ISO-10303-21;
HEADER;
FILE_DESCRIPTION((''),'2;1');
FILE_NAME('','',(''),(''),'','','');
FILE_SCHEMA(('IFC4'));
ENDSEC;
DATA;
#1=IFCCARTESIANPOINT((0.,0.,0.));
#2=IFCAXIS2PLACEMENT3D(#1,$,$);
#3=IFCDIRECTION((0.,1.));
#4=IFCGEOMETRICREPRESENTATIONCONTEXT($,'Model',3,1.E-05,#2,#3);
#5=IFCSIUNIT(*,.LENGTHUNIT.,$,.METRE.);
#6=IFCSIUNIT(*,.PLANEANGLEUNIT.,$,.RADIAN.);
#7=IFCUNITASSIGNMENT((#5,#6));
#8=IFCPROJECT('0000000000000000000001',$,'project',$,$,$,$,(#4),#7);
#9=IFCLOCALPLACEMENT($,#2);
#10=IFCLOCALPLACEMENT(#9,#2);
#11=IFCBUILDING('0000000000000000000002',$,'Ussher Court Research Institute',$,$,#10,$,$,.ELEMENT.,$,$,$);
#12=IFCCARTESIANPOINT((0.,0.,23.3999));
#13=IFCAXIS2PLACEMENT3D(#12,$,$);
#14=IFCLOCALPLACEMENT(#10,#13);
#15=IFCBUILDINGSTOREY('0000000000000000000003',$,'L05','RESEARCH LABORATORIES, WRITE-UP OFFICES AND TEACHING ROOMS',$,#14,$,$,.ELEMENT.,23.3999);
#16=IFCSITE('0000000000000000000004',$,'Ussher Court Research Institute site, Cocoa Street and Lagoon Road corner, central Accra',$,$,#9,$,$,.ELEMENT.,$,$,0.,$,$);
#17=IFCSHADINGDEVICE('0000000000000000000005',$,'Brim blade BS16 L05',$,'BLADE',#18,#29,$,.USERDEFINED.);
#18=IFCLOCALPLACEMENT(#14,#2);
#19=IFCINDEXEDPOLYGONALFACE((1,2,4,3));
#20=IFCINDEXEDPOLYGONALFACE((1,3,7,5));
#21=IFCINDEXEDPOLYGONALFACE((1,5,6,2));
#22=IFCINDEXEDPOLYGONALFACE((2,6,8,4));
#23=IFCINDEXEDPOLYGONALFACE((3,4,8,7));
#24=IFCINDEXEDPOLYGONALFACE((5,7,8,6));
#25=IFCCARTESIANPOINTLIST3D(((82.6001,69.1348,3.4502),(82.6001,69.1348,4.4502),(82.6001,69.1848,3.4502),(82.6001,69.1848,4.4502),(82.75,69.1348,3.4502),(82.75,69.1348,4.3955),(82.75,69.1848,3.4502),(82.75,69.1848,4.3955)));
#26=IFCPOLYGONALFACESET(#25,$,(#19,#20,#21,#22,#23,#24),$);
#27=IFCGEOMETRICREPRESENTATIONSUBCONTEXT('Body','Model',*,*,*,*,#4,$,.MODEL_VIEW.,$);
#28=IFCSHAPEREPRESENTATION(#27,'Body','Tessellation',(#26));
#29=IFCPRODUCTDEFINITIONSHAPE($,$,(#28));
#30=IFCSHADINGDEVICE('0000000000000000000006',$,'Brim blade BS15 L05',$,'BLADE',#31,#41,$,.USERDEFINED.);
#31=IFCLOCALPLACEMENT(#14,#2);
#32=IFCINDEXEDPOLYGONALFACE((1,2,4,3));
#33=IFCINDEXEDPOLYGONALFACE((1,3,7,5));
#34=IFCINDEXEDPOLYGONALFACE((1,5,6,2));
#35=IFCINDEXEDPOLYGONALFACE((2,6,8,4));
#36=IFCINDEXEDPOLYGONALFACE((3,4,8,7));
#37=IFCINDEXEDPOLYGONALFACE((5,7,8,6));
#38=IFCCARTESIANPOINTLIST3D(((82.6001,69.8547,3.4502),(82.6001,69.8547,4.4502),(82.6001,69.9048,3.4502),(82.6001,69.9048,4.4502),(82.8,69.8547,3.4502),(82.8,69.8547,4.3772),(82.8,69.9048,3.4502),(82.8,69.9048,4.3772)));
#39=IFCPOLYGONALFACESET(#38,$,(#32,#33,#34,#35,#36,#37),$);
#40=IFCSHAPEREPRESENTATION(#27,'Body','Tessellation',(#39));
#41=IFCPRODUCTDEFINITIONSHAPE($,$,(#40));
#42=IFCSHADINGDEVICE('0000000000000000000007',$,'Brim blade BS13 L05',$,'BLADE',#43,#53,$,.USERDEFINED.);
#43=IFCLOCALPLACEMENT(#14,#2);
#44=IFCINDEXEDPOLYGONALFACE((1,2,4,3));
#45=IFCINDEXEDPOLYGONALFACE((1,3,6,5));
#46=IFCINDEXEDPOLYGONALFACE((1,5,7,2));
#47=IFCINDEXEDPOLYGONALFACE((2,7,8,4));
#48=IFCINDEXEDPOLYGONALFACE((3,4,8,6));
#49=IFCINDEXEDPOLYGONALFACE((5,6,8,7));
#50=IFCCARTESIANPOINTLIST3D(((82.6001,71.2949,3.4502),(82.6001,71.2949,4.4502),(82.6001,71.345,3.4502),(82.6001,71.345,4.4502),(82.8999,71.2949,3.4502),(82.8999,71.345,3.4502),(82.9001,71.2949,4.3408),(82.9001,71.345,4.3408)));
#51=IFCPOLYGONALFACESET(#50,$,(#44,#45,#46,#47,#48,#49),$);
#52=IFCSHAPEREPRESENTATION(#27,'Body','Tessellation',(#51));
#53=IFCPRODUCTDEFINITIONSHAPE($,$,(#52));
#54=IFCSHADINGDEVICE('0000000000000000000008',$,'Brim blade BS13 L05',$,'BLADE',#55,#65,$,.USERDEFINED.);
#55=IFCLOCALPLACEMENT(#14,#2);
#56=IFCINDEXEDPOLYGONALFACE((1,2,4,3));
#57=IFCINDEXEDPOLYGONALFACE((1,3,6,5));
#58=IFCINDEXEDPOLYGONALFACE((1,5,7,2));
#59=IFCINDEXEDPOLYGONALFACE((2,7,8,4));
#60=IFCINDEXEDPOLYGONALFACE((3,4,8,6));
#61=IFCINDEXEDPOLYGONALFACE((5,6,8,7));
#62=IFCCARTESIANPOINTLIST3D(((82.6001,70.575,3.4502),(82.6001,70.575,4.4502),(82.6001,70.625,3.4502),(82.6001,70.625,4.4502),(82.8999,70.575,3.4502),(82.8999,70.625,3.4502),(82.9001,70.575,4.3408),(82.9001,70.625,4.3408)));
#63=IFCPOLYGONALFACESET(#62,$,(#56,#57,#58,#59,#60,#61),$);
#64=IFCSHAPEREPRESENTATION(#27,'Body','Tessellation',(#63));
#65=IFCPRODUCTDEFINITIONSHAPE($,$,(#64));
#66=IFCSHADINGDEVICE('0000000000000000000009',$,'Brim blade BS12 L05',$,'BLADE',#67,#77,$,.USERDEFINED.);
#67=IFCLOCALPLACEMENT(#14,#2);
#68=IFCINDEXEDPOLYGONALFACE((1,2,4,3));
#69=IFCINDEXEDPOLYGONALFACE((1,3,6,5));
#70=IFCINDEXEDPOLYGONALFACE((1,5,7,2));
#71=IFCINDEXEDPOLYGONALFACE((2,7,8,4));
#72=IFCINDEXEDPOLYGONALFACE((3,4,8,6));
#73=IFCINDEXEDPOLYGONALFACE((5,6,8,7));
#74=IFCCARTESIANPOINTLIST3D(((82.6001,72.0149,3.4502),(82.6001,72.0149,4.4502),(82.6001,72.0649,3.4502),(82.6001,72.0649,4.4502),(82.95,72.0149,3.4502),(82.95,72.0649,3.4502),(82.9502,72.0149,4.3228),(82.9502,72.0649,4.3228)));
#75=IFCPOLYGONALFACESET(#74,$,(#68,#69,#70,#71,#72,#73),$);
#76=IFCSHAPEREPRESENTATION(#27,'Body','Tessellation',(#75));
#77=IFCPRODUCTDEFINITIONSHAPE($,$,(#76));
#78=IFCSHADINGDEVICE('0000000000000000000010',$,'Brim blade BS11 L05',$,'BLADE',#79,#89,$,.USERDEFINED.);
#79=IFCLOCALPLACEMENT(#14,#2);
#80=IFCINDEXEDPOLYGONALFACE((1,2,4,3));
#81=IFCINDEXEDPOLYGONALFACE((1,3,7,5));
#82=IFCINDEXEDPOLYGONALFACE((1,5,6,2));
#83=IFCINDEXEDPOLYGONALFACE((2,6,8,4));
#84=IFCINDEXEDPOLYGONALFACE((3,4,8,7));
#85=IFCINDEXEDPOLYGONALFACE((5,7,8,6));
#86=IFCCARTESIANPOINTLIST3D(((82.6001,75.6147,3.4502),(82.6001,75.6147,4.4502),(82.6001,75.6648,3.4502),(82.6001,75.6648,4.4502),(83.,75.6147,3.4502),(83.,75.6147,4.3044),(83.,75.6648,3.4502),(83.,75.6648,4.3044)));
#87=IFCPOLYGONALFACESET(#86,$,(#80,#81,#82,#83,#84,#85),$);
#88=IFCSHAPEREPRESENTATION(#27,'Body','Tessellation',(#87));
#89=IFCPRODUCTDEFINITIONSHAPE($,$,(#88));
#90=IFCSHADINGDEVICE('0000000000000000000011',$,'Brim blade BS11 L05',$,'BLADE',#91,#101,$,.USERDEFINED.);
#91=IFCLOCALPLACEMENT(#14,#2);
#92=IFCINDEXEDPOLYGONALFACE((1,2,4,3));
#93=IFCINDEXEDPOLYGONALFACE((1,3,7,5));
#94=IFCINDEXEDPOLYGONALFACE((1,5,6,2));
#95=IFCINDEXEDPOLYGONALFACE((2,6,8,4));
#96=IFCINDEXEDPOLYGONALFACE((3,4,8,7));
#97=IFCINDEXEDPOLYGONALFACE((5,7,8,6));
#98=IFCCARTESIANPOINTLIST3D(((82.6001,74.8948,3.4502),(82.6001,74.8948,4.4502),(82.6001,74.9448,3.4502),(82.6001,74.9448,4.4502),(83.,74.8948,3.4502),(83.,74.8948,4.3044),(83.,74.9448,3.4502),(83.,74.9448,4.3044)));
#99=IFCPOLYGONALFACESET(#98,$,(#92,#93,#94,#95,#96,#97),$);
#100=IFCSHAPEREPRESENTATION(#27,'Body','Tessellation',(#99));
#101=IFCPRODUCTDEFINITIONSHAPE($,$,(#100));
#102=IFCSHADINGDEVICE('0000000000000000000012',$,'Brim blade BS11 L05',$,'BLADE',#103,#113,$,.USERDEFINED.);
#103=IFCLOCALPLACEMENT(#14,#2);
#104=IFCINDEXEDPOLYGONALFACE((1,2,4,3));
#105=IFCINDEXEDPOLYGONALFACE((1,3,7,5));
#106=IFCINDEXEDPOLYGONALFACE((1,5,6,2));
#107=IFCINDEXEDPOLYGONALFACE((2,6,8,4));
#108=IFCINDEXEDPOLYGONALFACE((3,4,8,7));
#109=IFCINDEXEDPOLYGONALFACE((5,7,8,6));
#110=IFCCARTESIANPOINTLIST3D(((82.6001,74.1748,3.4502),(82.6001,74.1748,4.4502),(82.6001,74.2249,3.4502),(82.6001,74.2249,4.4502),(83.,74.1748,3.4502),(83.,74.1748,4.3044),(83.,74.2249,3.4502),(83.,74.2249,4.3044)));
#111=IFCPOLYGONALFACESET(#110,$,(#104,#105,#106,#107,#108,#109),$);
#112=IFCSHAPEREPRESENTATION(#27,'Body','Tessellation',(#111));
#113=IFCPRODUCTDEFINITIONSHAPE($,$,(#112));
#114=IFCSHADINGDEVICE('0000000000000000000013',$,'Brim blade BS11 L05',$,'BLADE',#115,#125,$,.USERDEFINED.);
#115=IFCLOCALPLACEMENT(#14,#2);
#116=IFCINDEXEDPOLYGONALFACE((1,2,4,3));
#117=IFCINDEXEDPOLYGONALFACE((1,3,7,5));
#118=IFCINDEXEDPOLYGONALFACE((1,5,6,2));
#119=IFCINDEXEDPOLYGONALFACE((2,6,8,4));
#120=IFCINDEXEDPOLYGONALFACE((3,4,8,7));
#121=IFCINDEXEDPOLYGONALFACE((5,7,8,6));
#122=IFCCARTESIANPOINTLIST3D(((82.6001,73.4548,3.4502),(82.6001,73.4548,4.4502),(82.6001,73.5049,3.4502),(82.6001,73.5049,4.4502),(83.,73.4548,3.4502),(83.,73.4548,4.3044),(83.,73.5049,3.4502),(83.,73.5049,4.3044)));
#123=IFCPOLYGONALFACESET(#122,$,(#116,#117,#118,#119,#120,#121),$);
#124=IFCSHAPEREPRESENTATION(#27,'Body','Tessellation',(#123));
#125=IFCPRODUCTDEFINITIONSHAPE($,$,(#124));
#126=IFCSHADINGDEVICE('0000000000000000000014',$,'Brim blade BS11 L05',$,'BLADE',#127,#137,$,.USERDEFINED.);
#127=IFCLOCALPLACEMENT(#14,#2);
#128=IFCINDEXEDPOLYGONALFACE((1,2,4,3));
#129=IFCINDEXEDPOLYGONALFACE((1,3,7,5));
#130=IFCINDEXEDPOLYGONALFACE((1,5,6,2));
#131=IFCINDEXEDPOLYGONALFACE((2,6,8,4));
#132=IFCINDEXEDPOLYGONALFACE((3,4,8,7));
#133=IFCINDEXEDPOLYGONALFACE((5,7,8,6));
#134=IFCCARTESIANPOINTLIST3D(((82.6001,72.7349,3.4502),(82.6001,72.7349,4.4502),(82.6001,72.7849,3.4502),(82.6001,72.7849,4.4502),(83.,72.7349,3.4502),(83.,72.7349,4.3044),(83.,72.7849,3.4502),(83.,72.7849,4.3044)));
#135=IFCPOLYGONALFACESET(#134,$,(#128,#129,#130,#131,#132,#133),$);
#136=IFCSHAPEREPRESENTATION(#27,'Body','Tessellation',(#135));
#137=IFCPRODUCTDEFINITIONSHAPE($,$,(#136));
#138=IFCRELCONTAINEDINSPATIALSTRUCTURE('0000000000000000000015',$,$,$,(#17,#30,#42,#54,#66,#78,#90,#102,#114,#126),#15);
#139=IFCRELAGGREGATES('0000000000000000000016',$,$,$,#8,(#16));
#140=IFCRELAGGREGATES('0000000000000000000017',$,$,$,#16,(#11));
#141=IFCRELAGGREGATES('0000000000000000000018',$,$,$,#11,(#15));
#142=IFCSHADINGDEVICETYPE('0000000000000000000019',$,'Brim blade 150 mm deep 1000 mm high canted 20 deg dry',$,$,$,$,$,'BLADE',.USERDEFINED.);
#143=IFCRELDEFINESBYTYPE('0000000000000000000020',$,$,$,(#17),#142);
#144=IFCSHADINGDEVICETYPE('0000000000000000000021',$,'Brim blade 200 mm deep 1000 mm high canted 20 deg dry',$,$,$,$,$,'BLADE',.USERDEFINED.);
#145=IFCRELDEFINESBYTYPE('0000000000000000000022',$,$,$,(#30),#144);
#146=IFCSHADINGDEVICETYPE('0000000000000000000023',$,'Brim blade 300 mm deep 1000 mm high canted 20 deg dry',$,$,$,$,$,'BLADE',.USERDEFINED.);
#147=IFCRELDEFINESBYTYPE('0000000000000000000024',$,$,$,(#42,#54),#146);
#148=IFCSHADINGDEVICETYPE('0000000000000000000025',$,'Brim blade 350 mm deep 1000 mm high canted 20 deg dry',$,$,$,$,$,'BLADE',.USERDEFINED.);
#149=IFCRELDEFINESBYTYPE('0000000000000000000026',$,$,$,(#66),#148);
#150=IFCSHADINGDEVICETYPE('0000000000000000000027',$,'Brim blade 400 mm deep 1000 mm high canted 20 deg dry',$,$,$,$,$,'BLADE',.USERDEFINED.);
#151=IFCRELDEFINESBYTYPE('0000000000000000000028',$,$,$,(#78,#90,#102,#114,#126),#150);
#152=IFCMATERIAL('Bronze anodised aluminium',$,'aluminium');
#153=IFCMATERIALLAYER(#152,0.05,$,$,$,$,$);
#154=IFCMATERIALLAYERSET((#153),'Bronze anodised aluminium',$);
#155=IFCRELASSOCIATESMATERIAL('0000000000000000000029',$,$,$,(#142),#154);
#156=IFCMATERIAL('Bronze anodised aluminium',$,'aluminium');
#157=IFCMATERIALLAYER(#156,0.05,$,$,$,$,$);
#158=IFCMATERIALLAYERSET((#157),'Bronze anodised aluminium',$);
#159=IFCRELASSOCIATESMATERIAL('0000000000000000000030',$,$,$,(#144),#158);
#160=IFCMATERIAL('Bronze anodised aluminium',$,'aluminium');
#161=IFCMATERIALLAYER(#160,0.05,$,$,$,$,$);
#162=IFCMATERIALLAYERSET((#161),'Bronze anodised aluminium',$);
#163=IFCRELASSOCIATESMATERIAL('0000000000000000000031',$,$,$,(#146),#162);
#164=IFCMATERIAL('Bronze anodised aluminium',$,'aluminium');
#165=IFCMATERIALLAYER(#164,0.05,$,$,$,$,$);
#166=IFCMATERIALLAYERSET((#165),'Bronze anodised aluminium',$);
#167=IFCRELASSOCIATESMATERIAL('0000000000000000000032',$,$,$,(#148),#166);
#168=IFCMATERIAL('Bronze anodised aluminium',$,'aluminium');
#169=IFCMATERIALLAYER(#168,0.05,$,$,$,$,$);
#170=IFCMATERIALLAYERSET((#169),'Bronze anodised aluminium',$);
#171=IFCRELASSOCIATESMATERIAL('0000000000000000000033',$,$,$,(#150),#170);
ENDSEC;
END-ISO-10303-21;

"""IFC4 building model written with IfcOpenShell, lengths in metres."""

from ifc_helpers import new_model, si_unit, direction, frame, origin, place, context, subcontext, project, spatial, polyline, outline, extrude, material, layer, layer_set, type_object, element, save


model = new_model("IFC4")

# Units and contexts
model_context = context("Model", 3, precision=1e-05, world=origin(), true_north=direction((0.0, 1.0)))
body_context = subcontext(model_context, "Body", "Model", "MODEL_VIEW")
ifc_project = project(units=[si_unit("LENGTHUNIT", "METRE"), si_unit("PLANEANGLEUNIT", "RADIAN")], contexts=[model_context])

# Site, building, storey
site_placement = place(None, origin())
site = spatial("IfcSite", under=ifc_project, at=site_placement, Name="Ussher Court Research Institute site, Cocoa Street and Lagoon Road corner, central Accra", CompositionType="ELEMENT", RefElevation=0.0)
building_placement = place(site_placement, origin())
building = spatial("IfcBuilding", under=site, at=building_placement, Name="Ussher Court Research Institute", CompositionType="ELEMENT")
storey_placement = place(building_placement, frame((0.0, 0.0, 23.3999)))
storey = spatial("IfcBuildingStorey", under=building, at=storey_placement, Name="L05", Description="RESEARCH LABORATORIES, WRITE-UP OFFICES AND TEACHING ROOMS", CompositionType="ELEMENT", Elevation=23.3999)

# Shading devices
ifc_material_1 = material(Name="Bronze anodised aluminium", Category="aluminium")
ifc_layer_1 = layer(ifc_material_1, 0.05)
ifc_layer_set_1 = layer_set([ifc_layer_1], Name="Bronze anodised aluminium")
shading_device_type_1 = type_object("IfcShadingDeviceType", Name="Brim blade 150 mm deep 1000 mm high canted 20 deg dry", ElementType="BLADE", PredefinedType="USERDEFINED", material=ifc_layer_set_1)
shading_device_1_placement = place(storey_placement, frame((82.6001, 69.1599, 3.4502), z_axis=(0.0, 0.0, 1.0), x_axis=(1.0, 0.0, 0.0)))
element("IfcShadingDevice", 1, at=shading_device_1_placement, inside=storey, type_object=shading_device_type_1, Name="Brim blade BS16 L05", ObjectType="BLADE", PredefinedType="USERDEFINED", context=body_context, shape_type="SweptSolid", body=[
    extrude(outline(polyline([(0.0, 0.0), (0.1499, 0.0), (0.1499, 0.9453), (0.0, 1.0), (0.0, 0.0)])), frame((0.0, 0.0249, 0.0), z_axis=(0.0, -1.0, 0.0), x_axis=(1.0, 0.0, 0.0)), (0.0, 0.0, 1.0), 0.05),
])
ifc_material_2 = material(Name="Bronze anodised aluminium", Category="aluminium")
ifc_layer_2 = layer(ifc_material_2, 0.05)
ifc_layer_set_2 = layer_set([ifc_layer_2], Name="Bronze anodised aluminium")
shading_device_type_2 = type_object("IfcShadingDeviceType", Name="Brim blade 200 mm deep 1000 mm high canted 20 deg dry", ElementType="BLADE", PredefinedType="USERDEFINED", material=ifc_layer_set_2)
shading_device_2_placement = place(storey_placement, frame((82.6001, 69.8799, 3.4502), z_axis=(0.0, 0.0, 1.0), x_axis=(1.0, 0.0, 0.0)))
element("IfcShadingDevice", 2, at=shading_device_2_placement, inside=storey, type_object=shading_device_type_2, Name="Brim blade BS15 L05", ObjectType="BLADE", PredefinedType="USERDEFINED", context=body_context, shape_type="SweptSolid", body=[
    extrude(outline(polyline([(0.0, 0.0), (0.2, 0.0), (0.2, 0.927), (0.0, 1.0), (0.0, 0.0)])), frame((0.0, 0.0249, 0.0), z_axis=(0.0, -1.0, 0.0), x_axis=(1.0, 0.0, 0.0)), (0.0, 0.0, 1.0), 0.05),
])
ifc_material_3 = material(Name="Bronze anodised aluminium", Category="aluminium")
ifc_layer_3 = layer(ifc_material_3, 0.05)
ifc_layer_set_3 = layer_set([ifc_layer_3], Name="Bronze anodised aluminium")
shading_device_type_3 = type_object("IfcShadingDeviceType", Name="Brim blade 300 mm deep 1000 mm high canted 20 deg dry", ElementType="BLADE", PredefinedType="USERDEFINED", material=ifc_layer_set_3)
for number, where, z_axis, x_axis, name in (
    (3, (82.6001, 71.3201, 3.4502), (0.0, 0.0, 1.0), (1.0, 0.0, 0.0), "Brim blade BS13 L05"),
    (4, (82.6001, 70.6001, 3.4502), (0.0, 0.0, 1.0), (1.0, 0.0, 0.0), "Brim blade BS13 L05"),
):
    element("IfcShadingDevice", number, at=place(storey_placement, frame(where, z_axis=z_axis, x_axis=x_axis)), inside=storey, type_object=shading_device_type_3, Name=name, ObjectType="BLADE", PredefinedType="USERDEFINED", context=body_context, shape_type="SweptSolid", body=[
        extrude(outline(polyline([(0.0, 0.0), (0.2998, 0.0), (0.3, 0.8906), (0.0, 1.0), (0.0, 0.0)])), frame((0.0, 0.0249, 0.0), z_axis=(0.0, -1.0, 0.0), x_axis=(1.0, 0.0, 0.0)), (0.0, 0.0, 1.0), 0.05),
    ])
ifc_material_4 = material(Name="Bronze anodised aluminium", Category="aluminium")
ifc_layer_4 = layer(ifc_material_4, 0.05)
ifc_layer_set_4 = layer_set([ifc_layer_4], Name="Bronze anodised aluminium")
shading_device_type_4 = type_object("IfcShadingDeviceType", Name="Brim blade 350 mm deep 1000 mm high canted 20 deg dry", ElementType="BLADE", PredefinedType="USERDEFINED", material=ifc_layer_set_4)
shading_device_3_placement = place(storey_placement, frame((82.6001, 72.04, 3.4502), z_axis=(0.0, 0.0, 1.0), x_axis=(1.0, 0.0, 0.0)))
element("IfcShadingDevice", 5, at=shading_device_3_placement, inside=storey, type_object=shading_device_type_4, Name="Brim blade BS12 L05", ObjectType="BLADE", PredefinedType="USERDEFINED", context=body_context, shape_type="SweptSolid", body=[
    extrude(outline(polyline([(0.0, 0.0), (0.3499, 0.0), (0.3501, 0.8726), (0.0, 1.0), (0.0, 0.0)])), frame((0.0, 0.0249, 0.0), z_axis=(0.0, -1.0, 0.0), x_axis=(1.0, 0.0, 0.0)), (0.0, 0.0, 1.0), 0.05),
])
ifc_material_5 = material(Name="Bronze anodised aluminium", Category="aluminium")
ifc_layer_5 = layer(ifc_material_5, 0.05)
ifc_layer_set_5 = layer_set([ifc_layer_5], Name="Bronze anodised aluminium")
shading_device_type_5 = type_object("IfcShadingDeviceType", Name="Brim blade 400 mm deep 1000 mm high canted 20 deg dry", ElementType="BLADE", PredefinedType="USERDEFINED", material=ifc_layer_set_5)
for number, where, z_axis, x_axis, name in (
    (6, (82.6001, 75.6399, 3.4502), (0.0, 0.0, 1.0), (1.0, 0.0, 0.0), "Brim blade BS11 L05"),
    (7, (82.6001, 74.9199, 3.4502), (0.0, 0.0, 1.0), (1.0, 0.0, 0.0), "Brim blade BS11 L05"),
    (8, (82.6001, 74.2, 3.4502), (0.0, 0.0, 1.0), (1.0, 0.0, 0.0), "Brim blade BS11 L05"),
    (9, (82.6001, 73.48, 3.4502), (0.0, 0.0, 1.0), (1.0, 0.0, 0.0), "Brim blade BS11 L05"),
    (10, (82.6001, 72.76, 3.4502), (0.0, 0.0, 1.0), (1.0, 0.0, 0.0), "Brim blade BS11 L05"),
):
    element("IfcShadingDevice", number, at=place(storey_placement, frame(where, z_axis=z_axis, x_axis=x_axis)), inside=storey, type_object=shading_device_type_5, Name=name, ObjectType="BLADE", PredefinedType="USERDEFINED", context=body_context, shape_type="SweptSolid", body=[
        extrude(outline(polyline([(0.0, 0.0), (0.3999, 0.0), (0.3999, 0.8542), (0.0, 1.0), (0.0, 0.0)])), frame((0.0, 0.0249, 0.0), z_axis=(0.0, -1.0, 0.0), x_axis=(1.0, 0.0, 0.0)), (0.0, 0.0, 1.0), 0.05),
    ])

save(model, "model.ifc")
